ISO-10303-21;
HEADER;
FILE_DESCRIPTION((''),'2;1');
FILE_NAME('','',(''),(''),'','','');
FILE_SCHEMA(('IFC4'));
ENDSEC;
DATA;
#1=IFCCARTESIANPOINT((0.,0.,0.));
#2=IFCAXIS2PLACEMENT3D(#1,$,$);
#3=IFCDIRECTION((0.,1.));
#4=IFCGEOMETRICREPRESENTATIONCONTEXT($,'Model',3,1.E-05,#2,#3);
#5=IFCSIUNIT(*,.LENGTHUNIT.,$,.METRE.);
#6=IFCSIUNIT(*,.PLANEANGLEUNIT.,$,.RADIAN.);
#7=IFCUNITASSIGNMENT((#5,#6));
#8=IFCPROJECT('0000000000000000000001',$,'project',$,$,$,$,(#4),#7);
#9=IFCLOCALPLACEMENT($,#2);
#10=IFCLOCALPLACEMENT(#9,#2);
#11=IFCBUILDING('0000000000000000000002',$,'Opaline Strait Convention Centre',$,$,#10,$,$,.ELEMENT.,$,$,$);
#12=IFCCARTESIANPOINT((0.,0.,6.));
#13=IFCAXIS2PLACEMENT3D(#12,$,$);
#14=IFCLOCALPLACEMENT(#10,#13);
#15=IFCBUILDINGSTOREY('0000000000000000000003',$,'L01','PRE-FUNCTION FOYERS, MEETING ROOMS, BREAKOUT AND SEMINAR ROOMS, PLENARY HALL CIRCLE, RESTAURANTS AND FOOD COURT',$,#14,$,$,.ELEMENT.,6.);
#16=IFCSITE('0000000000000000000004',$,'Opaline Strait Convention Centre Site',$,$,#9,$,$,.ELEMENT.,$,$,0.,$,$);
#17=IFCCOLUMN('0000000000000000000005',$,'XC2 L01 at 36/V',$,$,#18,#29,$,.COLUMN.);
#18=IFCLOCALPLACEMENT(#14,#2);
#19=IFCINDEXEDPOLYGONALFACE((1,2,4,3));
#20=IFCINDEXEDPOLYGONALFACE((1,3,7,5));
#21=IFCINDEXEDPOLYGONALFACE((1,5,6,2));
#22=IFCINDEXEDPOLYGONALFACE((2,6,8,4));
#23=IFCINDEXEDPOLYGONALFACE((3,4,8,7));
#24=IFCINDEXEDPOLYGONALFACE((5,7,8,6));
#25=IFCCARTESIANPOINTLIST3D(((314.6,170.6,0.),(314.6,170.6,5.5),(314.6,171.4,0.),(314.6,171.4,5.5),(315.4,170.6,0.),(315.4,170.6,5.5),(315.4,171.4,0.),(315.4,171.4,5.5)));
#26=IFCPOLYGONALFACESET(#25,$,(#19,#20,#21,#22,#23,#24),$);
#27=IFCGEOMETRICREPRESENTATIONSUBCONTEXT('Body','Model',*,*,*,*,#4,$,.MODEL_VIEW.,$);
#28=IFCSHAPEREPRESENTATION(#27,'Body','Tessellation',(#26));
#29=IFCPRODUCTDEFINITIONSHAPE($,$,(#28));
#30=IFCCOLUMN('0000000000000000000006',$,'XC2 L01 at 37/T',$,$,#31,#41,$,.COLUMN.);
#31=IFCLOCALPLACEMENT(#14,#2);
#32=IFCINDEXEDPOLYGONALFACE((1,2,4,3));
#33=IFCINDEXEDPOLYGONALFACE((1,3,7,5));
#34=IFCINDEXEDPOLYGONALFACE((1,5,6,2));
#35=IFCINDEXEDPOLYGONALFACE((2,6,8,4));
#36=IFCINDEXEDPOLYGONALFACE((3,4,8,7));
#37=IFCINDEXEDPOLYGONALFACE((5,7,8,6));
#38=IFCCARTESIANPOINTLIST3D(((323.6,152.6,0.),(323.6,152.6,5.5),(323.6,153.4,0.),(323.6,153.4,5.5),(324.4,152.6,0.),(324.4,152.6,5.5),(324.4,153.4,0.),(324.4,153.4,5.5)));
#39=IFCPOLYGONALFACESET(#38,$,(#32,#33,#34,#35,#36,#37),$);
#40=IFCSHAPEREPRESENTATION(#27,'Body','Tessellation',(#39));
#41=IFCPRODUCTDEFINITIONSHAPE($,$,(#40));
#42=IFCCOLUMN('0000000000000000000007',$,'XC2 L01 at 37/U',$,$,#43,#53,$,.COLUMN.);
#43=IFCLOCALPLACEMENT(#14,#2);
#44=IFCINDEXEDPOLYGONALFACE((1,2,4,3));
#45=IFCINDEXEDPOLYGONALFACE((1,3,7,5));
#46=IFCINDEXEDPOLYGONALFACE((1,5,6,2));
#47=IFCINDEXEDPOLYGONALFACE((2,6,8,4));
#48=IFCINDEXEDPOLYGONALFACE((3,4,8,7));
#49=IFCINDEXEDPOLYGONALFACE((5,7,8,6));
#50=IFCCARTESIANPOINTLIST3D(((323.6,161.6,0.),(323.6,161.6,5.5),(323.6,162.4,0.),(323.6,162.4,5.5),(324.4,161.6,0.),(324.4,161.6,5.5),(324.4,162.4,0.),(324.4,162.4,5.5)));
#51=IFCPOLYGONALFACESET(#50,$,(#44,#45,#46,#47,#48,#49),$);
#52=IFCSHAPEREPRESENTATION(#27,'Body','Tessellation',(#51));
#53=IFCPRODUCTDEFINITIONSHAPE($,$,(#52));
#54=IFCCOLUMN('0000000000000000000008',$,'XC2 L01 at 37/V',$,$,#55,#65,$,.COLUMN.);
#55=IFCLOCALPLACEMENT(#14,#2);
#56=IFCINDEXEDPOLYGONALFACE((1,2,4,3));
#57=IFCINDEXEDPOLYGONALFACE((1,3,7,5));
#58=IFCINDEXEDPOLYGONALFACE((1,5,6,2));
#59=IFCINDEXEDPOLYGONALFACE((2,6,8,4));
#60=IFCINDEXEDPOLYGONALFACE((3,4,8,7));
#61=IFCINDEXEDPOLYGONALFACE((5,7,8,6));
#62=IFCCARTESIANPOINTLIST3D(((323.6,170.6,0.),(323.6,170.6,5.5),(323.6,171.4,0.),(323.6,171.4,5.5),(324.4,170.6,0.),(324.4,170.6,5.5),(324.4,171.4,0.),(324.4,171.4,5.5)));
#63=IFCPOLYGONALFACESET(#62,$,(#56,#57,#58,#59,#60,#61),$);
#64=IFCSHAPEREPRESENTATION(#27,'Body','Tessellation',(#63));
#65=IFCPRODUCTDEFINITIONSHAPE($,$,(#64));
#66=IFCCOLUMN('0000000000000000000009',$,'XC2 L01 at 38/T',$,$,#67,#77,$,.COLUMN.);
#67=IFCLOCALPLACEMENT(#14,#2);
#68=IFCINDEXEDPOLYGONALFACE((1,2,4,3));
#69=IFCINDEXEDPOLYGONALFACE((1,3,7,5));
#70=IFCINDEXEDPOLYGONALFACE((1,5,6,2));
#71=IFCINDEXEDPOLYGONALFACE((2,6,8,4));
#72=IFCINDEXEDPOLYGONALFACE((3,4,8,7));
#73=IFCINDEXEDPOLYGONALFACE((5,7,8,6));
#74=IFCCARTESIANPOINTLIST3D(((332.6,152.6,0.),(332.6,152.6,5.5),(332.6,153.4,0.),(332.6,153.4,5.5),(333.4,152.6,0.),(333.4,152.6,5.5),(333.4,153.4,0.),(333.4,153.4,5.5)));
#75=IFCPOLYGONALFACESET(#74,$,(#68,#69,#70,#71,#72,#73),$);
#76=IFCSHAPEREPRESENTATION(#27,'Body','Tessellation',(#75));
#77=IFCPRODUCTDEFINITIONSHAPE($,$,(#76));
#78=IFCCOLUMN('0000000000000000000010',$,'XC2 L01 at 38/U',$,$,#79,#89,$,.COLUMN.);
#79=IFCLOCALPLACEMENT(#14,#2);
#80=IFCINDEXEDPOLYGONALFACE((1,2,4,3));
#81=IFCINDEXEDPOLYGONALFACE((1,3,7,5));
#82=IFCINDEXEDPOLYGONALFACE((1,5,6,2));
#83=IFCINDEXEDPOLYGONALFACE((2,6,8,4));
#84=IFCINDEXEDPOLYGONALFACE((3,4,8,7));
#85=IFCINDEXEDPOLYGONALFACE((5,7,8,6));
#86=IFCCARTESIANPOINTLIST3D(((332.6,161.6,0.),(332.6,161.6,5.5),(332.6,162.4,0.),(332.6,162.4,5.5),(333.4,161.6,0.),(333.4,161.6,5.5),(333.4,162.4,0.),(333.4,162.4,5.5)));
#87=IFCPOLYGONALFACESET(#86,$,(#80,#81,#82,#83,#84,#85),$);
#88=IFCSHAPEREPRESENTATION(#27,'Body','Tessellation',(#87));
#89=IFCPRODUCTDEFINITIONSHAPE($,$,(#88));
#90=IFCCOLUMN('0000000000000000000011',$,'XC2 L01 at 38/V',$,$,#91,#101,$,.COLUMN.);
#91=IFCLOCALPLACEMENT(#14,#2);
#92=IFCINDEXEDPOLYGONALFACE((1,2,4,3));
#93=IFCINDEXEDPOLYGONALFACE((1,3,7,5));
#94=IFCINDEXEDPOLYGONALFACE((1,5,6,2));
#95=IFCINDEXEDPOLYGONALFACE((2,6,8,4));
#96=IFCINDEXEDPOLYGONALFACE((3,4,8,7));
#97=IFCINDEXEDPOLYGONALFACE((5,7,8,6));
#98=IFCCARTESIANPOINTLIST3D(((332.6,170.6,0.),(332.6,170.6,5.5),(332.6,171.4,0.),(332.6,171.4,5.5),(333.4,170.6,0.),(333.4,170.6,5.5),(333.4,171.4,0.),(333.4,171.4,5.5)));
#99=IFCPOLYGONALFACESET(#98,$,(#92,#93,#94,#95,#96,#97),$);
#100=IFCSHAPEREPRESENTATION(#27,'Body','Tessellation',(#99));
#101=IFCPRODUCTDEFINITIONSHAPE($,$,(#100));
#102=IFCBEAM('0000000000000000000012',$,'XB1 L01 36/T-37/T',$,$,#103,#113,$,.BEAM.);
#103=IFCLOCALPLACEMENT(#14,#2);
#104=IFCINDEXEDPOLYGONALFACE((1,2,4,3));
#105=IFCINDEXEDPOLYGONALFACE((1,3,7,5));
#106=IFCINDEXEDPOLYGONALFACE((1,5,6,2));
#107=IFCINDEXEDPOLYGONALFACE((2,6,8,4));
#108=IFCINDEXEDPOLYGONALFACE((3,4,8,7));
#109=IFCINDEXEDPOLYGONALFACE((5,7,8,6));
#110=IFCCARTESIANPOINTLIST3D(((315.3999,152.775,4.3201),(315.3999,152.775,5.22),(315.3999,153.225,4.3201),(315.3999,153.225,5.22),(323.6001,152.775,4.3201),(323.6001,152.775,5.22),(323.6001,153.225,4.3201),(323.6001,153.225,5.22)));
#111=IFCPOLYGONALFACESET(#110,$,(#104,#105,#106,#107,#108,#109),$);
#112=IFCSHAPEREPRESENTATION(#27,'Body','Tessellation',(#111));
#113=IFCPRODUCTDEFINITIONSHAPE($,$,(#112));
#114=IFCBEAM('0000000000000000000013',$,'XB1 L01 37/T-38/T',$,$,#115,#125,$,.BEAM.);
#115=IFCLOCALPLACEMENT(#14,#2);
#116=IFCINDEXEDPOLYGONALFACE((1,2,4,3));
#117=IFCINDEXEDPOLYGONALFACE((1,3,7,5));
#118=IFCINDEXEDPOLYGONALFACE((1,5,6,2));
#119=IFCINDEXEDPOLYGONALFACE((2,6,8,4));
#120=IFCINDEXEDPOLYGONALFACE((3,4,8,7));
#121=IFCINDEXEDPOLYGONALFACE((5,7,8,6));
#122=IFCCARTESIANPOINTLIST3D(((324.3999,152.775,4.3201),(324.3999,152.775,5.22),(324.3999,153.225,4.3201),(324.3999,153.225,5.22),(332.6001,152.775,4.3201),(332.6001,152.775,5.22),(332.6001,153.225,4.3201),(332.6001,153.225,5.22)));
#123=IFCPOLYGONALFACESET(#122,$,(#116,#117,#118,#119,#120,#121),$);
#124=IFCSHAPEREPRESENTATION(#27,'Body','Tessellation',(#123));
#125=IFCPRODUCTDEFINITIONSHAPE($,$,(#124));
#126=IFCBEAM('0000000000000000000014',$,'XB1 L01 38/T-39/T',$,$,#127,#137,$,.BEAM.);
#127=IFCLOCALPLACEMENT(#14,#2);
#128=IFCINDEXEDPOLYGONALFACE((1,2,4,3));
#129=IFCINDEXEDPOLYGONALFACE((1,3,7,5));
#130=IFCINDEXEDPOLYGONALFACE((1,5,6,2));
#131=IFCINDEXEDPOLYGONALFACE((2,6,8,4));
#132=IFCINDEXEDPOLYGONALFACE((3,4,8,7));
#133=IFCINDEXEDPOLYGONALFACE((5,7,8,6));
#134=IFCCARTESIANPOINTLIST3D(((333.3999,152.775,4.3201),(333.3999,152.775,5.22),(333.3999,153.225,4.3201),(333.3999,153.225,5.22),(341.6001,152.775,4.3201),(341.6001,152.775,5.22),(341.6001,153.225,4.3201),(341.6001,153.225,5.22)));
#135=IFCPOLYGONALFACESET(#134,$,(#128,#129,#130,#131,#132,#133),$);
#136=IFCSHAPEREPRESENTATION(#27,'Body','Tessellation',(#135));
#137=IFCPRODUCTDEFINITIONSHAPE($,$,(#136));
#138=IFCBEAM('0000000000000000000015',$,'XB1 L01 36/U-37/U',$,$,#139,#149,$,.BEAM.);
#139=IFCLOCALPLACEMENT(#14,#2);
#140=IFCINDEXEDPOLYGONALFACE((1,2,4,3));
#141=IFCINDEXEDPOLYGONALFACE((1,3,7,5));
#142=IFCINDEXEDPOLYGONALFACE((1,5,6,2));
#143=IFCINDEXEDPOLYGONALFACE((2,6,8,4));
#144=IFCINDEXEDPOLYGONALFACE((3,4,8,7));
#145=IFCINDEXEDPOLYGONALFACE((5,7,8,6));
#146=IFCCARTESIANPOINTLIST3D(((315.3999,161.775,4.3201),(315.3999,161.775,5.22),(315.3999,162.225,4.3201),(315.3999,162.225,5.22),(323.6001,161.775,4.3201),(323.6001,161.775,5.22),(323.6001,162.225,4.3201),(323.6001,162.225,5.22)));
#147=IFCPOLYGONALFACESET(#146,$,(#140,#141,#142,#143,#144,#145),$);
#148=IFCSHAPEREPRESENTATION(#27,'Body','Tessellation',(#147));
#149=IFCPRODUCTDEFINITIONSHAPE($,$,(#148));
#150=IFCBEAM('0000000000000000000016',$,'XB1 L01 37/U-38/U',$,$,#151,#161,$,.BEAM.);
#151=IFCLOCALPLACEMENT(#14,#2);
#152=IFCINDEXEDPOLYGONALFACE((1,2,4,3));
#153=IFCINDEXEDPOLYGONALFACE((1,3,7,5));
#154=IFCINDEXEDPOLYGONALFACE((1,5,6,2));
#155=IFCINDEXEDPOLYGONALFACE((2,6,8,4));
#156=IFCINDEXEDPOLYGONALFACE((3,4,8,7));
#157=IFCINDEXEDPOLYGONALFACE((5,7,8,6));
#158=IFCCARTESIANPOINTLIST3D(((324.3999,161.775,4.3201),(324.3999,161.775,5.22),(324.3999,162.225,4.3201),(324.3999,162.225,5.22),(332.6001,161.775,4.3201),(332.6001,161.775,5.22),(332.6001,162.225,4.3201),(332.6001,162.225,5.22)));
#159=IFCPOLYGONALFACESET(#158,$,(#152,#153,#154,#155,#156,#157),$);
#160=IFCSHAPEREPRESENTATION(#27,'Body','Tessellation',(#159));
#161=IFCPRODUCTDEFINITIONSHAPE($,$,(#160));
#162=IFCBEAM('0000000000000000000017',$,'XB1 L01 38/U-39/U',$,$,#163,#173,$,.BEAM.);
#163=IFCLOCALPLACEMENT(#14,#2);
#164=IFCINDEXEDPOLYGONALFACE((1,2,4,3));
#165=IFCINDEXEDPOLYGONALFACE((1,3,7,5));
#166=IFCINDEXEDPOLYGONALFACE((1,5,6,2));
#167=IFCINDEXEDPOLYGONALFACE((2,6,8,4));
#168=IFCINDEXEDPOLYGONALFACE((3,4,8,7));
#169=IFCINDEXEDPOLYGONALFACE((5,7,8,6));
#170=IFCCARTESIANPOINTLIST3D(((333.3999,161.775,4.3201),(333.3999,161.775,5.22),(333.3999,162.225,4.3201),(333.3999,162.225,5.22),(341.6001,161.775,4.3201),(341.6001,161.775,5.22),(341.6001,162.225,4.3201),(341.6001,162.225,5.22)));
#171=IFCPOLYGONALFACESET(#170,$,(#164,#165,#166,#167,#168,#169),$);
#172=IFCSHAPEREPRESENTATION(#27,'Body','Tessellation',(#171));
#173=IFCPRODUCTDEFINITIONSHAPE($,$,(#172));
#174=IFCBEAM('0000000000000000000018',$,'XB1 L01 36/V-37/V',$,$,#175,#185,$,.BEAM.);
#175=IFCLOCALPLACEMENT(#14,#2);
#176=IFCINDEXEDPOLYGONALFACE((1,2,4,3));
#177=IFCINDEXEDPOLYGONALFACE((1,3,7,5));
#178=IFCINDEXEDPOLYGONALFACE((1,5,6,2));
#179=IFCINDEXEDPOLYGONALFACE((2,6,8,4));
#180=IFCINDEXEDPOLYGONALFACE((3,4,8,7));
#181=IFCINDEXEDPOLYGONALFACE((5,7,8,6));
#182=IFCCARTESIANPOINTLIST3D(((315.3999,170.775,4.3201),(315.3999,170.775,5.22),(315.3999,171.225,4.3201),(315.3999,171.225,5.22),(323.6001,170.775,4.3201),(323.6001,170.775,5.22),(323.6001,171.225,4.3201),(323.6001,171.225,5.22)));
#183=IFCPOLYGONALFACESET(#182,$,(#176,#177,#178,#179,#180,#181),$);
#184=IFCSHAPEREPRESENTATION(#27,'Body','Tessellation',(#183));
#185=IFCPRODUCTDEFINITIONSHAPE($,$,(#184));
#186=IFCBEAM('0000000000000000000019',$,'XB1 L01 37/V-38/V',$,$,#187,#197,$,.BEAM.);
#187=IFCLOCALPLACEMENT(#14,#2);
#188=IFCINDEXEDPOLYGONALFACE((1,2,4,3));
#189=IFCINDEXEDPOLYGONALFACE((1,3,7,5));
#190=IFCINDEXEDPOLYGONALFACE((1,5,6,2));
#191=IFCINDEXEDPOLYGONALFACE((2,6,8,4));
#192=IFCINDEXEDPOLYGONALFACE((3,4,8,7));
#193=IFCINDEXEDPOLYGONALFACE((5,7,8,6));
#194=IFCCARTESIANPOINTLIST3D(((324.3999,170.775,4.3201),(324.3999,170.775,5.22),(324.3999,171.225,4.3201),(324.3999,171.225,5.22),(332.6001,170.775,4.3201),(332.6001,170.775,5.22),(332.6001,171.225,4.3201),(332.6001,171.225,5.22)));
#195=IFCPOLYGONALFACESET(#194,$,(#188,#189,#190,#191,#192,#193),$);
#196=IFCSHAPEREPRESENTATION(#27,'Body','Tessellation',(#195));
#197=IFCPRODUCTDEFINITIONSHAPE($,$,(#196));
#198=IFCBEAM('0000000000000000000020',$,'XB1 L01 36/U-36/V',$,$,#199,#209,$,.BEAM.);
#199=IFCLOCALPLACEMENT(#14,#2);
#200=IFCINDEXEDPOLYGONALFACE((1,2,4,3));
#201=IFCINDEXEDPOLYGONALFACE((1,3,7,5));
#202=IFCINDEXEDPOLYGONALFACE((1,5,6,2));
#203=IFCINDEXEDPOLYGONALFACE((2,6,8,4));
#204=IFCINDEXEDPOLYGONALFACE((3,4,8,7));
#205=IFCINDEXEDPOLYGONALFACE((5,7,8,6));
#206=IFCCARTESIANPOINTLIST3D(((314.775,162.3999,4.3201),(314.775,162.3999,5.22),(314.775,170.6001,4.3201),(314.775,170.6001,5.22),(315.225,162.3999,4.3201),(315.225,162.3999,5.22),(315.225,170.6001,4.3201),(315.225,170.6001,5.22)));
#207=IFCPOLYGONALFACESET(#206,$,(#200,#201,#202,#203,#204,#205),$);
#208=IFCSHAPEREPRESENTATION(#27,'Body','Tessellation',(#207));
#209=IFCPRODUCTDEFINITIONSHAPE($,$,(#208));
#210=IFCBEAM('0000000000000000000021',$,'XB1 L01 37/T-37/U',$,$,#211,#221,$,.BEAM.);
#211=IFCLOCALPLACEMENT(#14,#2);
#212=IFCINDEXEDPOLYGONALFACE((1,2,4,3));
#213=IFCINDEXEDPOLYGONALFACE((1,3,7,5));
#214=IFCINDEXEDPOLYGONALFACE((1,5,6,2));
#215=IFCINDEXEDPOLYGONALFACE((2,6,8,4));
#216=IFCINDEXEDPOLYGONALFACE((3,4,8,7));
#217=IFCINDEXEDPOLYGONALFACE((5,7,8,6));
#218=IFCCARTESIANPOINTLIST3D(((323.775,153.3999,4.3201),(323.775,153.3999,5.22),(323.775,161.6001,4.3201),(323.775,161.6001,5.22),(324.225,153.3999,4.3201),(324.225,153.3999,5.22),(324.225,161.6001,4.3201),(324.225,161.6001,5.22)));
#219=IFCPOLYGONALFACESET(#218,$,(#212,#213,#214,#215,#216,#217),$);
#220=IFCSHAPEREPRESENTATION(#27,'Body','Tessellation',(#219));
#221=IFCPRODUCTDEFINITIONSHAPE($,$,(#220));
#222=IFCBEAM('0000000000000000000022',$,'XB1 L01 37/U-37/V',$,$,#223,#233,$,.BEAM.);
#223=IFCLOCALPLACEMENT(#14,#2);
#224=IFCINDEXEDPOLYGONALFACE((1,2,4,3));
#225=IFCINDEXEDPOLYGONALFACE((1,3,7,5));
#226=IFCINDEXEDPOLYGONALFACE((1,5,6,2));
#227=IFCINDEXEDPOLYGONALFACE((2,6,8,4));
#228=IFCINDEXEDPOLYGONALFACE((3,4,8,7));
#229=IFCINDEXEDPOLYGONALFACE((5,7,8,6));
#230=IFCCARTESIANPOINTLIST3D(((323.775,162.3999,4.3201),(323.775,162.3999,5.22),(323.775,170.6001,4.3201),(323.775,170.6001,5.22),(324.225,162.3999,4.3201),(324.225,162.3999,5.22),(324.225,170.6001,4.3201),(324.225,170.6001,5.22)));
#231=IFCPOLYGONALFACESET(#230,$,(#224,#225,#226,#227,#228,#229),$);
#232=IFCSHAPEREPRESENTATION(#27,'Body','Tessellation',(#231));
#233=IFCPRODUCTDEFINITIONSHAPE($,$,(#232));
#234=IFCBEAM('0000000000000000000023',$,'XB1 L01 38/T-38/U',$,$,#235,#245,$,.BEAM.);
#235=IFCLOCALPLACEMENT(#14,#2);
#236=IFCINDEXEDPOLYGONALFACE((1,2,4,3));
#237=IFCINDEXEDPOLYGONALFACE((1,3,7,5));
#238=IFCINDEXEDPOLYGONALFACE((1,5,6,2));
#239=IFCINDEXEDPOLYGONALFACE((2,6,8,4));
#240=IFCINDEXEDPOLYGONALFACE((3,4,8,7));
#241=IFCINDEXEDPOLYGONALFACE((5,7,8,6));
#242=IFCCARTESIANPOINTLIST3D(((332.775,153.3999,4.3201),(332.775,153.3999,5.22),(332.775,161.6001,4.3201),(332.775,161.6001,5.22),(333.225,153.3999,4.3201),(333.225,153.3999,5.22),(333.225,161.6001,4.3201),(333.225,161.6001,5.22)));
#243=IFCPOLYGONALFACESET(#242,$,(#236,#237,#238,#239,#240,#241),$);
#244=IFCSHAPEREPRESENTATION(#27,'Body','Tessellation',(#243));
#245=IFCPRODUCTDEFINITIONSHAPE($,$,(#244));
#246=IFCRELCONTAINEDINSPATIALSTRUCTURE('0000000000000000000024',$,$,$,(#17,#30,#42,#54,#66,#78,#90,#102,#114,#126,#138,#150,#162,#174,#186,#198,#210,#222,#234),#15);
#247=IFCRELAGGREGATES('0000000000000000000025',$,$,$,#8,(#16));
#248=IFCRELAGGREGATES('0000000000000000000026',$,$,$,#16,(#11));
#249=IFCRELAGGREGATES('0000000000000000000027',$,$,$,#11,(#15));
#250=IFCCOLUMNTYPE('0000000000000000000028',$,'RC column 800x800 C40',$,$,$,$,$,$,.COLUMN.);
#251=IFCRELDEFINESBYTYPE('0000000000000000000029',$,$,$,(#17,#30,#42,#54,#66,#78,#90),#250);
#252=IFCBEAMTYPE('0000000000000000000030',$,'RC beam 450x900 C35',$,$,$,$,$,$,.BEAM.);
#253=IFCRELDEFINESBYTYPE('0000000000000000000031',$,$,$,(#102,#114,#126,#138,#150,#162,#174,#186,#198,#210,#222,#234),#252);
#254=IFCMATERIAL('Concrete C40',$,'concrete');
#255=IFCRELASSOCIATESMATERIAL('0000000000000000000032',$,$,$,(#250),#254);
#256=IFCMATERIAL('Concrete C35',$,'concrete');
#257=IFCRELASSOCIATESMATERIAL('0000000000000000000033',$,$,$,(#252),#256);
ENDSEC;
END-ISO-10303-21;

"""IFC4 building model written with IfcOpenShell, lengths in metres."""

from ifc_helpers import new_model, si_unit, direction, frame, origin, origin_2d, place, context, subcontext, project, spatial, rectangle, extrude, material, material_profile, profile_set, type_object, element, save


model = new_model("IFC4")

# Units and contexts
model_context = context("Model", 3, precision=1e-05, world=origin(), true_north=direction((0.0, 1.0)))
body_context = subcontext(model_context, "Body", "Model", "MODEL_VIEW")
ifc_project = project(units=[si_unit("LENGTHUNIT", "METRE"), si_unit("PLANEANGLEUNIT", "RADIAN")], contexts=[model_context])

# Site, building, storey
site_placement = place(None, origin())
site = spatial("IfcSite", under=ifc_project, at=site_placement, Name="Opaline Strait Convention Centre Site", CompositionType="ELEMENT", RefElevation=0.0)
building_placement = place(site_placement, origin())
building = spatial("IfcBuilding", under=site, at=building_placement, Name="Opaline Strait Convention Centre", CompositionType="ELEMENT")
storey_placement = place(building_placement, frame((0.0, 0.0, 6.0)))
storey = spatial("IfcBuildingStorey", under=building, at=storey_placement, Name="L01", Description="PRE-FUNCTION FOYERS, MEETING ROOMS, BREAKOUT AND SEMINAR ROOMS, PLENARY HALL CIRCLE, RESTAURANTS AND FOOD COURT", CompositionType="ELEMENT", Elevation=6.0)

# Columns
ifc_material_1 = material(Name="Concrete C40", Category="concrete")
ifc_material_profile_1 = material_profile(ifc_material_1, rectangle(XDim=0.8, YDim=0.8, at=origin_2d()), Name="RC 800x800")
ifc_profile_set_1 = profile_set([ifc_material_profile_1], Name="Concrete C40")
column_type = type_object("IfcColumnType", Name="RC column 800x800 C40", PredefinedType="COLUMN", material=ifc_profile_set_1)
for number, where, z_axis, x_axis, name in (
    (1, (315.0, 171.0, 0.0), (0.0, 0.0, 1.0), (1.0, 0.0, 0.0), "XC2 L01 at 36/V"),
    (2, (324.0, 153.0, 0.0), (0.0, 0.0, 1.0), (1.0, 0.0, 0.0), "XC2 L01 at 37/T"),
    (3, (324.0, 162.0, 0.0), (0.0, 0.0, 1.0), (1.0, 0.0, 0.0), "XC2 L01 at 37/U"),
    (4, (324.0, 171.0, 0.0), (0.0, 0.0, 1.0), (1.0, 0.0, 0.0), "XC2 L01 at 37/V"),
    (5, (333.0, 153.0, 0.0), (0.0, 0.0, 1.0), (1.0, 0.0, 0.0), "XC2 L01 at 38/T"),
    (6, (333.0, 162.0, 0.0), (0.0, 0.0, 1.0), (1.0, 0.0, 0.0), "XC2 L01 at 38/U"),
    (7, (333.0, 171.0, 0.0), (0.0, 0.0, 1.0), (1.0, 0.0, 0.0), "XC2 L01 at 38/V"),
):
    element("IfcColumn", number, at=place(storey_placement, frame(where, z_axis=z_axis, x_axis=x_axis)), inside=storey, type_object=column_type, Name=name, PredefinedType="COLUMN", context=body_context, shape_type="SweptSolid", body=[
        extrude(rectangle(XDim=0.8, YDim=0.8, at=origin_2d()), origin(), (0.0, 0.0, 1.0), 5.5),
    ])

# Beams
ifc_material_2 = material(Name="Concrete C35", Category="concrete")
ifc_material_profile_2 = material_profile(ifc_material_2, rectangle(XDim=0.45, YDim=0.8999, at=origin_2d()), Name="RC 450x900")
ifc_profile_set_2 = profile_set([ifc_material_profile_2], Name="Concrete C35")
beam_type = type_object("IfcBeamType", Name="RC beam 450x900 C35", PredefinedType="BEAM", material=ifc_profile_set_2)
for number, where, z_axis, x_axis, name in (
    (8, (315.3999, 153.0, 4.77), (1.0, 0.0, 0.0), (0.0, 1.0, 0.0), "XB1 L01 36/T-37/T"),
    (9, (324.3999, 153.0, 4.77), (1.0, 0.0, 0.0), (0.0, 1.0, 0.0), "XB1 L01 37/T-38/T"),
    (10, (333.3999, 153.0, 4.77), (1.0, 0.0, 0.0), (0.0, 1.0, 0.0), "XB1 L01 38/T-39/T"),
    (11, (315.3999, 162.0, 4.77), (1.0, 0.0, 0.0), (0.0, 1.0, 0.0), "XB1 L01 36/U-37/U"),
    (12, (324.3999, 162.0, 4.77), (1.0, 0.0, 0.0), (0.0, 1.0, 0.0), "XB1 L01 37/U-38/U"),
    (13, (333.3999, 162.0, 4.77), (1.0, 0.0, 0.0), (0.0, 1.0, 0.0), "XB1 L01 38/U-39/U"),
    (14, (315.3999, 171.0, 4.77), (1.0, 0.0, 0.0), (0.0, 1.0, 0.0), "XB1 L01 36/V-37/V"),
    (15, (324.3999, 171.0, 4.77), (1.0, 0.0, 0.0), (0.0, 1.0, 0.0), "XB1 L01 37/V-38/V"),
    (16, (315.0, 162.3999, 4.77), (0.0, 1.0, 0.0), (-1.0, 0.0, 0.0), "XB1 L01 36/U-36/V"),
    (17, (324.0, 153.3999, 4.77), (0.0, 1.0, 0.0), (-1.0, 0.0, 0.0), "XB1 L01 37/T-37/U"),
    (18, (324.0, 162.3999, 4.77), (0.0, 1.0, 0.0), (-1.0, 0.0, 0.0), "XB1 L01 37/U-37/V"),
    (19, (333.0, 153.3999, 4.77), (0.0, 1.0, 0.0), (-1.0, 0.0, 0.0), "XB1 L01 38/T-38/U"),
):
    element("IfcBeam", number, at=place(storey_placement, frame(where, z_axis=z_axis, x_axis=x_axis)), inside=storey, type_object=beam_type, Name=name, PredefinedType="BEAM", context=body_context, shape_type="SweptSolid", body=[
        extrude(rectangle(XDim=0.45, YDim=0.8999, at=origin_2d()), origin(), (0.0, 0.0, 1.0), 8.2002),
    ])

save(model, "model.ifc")
